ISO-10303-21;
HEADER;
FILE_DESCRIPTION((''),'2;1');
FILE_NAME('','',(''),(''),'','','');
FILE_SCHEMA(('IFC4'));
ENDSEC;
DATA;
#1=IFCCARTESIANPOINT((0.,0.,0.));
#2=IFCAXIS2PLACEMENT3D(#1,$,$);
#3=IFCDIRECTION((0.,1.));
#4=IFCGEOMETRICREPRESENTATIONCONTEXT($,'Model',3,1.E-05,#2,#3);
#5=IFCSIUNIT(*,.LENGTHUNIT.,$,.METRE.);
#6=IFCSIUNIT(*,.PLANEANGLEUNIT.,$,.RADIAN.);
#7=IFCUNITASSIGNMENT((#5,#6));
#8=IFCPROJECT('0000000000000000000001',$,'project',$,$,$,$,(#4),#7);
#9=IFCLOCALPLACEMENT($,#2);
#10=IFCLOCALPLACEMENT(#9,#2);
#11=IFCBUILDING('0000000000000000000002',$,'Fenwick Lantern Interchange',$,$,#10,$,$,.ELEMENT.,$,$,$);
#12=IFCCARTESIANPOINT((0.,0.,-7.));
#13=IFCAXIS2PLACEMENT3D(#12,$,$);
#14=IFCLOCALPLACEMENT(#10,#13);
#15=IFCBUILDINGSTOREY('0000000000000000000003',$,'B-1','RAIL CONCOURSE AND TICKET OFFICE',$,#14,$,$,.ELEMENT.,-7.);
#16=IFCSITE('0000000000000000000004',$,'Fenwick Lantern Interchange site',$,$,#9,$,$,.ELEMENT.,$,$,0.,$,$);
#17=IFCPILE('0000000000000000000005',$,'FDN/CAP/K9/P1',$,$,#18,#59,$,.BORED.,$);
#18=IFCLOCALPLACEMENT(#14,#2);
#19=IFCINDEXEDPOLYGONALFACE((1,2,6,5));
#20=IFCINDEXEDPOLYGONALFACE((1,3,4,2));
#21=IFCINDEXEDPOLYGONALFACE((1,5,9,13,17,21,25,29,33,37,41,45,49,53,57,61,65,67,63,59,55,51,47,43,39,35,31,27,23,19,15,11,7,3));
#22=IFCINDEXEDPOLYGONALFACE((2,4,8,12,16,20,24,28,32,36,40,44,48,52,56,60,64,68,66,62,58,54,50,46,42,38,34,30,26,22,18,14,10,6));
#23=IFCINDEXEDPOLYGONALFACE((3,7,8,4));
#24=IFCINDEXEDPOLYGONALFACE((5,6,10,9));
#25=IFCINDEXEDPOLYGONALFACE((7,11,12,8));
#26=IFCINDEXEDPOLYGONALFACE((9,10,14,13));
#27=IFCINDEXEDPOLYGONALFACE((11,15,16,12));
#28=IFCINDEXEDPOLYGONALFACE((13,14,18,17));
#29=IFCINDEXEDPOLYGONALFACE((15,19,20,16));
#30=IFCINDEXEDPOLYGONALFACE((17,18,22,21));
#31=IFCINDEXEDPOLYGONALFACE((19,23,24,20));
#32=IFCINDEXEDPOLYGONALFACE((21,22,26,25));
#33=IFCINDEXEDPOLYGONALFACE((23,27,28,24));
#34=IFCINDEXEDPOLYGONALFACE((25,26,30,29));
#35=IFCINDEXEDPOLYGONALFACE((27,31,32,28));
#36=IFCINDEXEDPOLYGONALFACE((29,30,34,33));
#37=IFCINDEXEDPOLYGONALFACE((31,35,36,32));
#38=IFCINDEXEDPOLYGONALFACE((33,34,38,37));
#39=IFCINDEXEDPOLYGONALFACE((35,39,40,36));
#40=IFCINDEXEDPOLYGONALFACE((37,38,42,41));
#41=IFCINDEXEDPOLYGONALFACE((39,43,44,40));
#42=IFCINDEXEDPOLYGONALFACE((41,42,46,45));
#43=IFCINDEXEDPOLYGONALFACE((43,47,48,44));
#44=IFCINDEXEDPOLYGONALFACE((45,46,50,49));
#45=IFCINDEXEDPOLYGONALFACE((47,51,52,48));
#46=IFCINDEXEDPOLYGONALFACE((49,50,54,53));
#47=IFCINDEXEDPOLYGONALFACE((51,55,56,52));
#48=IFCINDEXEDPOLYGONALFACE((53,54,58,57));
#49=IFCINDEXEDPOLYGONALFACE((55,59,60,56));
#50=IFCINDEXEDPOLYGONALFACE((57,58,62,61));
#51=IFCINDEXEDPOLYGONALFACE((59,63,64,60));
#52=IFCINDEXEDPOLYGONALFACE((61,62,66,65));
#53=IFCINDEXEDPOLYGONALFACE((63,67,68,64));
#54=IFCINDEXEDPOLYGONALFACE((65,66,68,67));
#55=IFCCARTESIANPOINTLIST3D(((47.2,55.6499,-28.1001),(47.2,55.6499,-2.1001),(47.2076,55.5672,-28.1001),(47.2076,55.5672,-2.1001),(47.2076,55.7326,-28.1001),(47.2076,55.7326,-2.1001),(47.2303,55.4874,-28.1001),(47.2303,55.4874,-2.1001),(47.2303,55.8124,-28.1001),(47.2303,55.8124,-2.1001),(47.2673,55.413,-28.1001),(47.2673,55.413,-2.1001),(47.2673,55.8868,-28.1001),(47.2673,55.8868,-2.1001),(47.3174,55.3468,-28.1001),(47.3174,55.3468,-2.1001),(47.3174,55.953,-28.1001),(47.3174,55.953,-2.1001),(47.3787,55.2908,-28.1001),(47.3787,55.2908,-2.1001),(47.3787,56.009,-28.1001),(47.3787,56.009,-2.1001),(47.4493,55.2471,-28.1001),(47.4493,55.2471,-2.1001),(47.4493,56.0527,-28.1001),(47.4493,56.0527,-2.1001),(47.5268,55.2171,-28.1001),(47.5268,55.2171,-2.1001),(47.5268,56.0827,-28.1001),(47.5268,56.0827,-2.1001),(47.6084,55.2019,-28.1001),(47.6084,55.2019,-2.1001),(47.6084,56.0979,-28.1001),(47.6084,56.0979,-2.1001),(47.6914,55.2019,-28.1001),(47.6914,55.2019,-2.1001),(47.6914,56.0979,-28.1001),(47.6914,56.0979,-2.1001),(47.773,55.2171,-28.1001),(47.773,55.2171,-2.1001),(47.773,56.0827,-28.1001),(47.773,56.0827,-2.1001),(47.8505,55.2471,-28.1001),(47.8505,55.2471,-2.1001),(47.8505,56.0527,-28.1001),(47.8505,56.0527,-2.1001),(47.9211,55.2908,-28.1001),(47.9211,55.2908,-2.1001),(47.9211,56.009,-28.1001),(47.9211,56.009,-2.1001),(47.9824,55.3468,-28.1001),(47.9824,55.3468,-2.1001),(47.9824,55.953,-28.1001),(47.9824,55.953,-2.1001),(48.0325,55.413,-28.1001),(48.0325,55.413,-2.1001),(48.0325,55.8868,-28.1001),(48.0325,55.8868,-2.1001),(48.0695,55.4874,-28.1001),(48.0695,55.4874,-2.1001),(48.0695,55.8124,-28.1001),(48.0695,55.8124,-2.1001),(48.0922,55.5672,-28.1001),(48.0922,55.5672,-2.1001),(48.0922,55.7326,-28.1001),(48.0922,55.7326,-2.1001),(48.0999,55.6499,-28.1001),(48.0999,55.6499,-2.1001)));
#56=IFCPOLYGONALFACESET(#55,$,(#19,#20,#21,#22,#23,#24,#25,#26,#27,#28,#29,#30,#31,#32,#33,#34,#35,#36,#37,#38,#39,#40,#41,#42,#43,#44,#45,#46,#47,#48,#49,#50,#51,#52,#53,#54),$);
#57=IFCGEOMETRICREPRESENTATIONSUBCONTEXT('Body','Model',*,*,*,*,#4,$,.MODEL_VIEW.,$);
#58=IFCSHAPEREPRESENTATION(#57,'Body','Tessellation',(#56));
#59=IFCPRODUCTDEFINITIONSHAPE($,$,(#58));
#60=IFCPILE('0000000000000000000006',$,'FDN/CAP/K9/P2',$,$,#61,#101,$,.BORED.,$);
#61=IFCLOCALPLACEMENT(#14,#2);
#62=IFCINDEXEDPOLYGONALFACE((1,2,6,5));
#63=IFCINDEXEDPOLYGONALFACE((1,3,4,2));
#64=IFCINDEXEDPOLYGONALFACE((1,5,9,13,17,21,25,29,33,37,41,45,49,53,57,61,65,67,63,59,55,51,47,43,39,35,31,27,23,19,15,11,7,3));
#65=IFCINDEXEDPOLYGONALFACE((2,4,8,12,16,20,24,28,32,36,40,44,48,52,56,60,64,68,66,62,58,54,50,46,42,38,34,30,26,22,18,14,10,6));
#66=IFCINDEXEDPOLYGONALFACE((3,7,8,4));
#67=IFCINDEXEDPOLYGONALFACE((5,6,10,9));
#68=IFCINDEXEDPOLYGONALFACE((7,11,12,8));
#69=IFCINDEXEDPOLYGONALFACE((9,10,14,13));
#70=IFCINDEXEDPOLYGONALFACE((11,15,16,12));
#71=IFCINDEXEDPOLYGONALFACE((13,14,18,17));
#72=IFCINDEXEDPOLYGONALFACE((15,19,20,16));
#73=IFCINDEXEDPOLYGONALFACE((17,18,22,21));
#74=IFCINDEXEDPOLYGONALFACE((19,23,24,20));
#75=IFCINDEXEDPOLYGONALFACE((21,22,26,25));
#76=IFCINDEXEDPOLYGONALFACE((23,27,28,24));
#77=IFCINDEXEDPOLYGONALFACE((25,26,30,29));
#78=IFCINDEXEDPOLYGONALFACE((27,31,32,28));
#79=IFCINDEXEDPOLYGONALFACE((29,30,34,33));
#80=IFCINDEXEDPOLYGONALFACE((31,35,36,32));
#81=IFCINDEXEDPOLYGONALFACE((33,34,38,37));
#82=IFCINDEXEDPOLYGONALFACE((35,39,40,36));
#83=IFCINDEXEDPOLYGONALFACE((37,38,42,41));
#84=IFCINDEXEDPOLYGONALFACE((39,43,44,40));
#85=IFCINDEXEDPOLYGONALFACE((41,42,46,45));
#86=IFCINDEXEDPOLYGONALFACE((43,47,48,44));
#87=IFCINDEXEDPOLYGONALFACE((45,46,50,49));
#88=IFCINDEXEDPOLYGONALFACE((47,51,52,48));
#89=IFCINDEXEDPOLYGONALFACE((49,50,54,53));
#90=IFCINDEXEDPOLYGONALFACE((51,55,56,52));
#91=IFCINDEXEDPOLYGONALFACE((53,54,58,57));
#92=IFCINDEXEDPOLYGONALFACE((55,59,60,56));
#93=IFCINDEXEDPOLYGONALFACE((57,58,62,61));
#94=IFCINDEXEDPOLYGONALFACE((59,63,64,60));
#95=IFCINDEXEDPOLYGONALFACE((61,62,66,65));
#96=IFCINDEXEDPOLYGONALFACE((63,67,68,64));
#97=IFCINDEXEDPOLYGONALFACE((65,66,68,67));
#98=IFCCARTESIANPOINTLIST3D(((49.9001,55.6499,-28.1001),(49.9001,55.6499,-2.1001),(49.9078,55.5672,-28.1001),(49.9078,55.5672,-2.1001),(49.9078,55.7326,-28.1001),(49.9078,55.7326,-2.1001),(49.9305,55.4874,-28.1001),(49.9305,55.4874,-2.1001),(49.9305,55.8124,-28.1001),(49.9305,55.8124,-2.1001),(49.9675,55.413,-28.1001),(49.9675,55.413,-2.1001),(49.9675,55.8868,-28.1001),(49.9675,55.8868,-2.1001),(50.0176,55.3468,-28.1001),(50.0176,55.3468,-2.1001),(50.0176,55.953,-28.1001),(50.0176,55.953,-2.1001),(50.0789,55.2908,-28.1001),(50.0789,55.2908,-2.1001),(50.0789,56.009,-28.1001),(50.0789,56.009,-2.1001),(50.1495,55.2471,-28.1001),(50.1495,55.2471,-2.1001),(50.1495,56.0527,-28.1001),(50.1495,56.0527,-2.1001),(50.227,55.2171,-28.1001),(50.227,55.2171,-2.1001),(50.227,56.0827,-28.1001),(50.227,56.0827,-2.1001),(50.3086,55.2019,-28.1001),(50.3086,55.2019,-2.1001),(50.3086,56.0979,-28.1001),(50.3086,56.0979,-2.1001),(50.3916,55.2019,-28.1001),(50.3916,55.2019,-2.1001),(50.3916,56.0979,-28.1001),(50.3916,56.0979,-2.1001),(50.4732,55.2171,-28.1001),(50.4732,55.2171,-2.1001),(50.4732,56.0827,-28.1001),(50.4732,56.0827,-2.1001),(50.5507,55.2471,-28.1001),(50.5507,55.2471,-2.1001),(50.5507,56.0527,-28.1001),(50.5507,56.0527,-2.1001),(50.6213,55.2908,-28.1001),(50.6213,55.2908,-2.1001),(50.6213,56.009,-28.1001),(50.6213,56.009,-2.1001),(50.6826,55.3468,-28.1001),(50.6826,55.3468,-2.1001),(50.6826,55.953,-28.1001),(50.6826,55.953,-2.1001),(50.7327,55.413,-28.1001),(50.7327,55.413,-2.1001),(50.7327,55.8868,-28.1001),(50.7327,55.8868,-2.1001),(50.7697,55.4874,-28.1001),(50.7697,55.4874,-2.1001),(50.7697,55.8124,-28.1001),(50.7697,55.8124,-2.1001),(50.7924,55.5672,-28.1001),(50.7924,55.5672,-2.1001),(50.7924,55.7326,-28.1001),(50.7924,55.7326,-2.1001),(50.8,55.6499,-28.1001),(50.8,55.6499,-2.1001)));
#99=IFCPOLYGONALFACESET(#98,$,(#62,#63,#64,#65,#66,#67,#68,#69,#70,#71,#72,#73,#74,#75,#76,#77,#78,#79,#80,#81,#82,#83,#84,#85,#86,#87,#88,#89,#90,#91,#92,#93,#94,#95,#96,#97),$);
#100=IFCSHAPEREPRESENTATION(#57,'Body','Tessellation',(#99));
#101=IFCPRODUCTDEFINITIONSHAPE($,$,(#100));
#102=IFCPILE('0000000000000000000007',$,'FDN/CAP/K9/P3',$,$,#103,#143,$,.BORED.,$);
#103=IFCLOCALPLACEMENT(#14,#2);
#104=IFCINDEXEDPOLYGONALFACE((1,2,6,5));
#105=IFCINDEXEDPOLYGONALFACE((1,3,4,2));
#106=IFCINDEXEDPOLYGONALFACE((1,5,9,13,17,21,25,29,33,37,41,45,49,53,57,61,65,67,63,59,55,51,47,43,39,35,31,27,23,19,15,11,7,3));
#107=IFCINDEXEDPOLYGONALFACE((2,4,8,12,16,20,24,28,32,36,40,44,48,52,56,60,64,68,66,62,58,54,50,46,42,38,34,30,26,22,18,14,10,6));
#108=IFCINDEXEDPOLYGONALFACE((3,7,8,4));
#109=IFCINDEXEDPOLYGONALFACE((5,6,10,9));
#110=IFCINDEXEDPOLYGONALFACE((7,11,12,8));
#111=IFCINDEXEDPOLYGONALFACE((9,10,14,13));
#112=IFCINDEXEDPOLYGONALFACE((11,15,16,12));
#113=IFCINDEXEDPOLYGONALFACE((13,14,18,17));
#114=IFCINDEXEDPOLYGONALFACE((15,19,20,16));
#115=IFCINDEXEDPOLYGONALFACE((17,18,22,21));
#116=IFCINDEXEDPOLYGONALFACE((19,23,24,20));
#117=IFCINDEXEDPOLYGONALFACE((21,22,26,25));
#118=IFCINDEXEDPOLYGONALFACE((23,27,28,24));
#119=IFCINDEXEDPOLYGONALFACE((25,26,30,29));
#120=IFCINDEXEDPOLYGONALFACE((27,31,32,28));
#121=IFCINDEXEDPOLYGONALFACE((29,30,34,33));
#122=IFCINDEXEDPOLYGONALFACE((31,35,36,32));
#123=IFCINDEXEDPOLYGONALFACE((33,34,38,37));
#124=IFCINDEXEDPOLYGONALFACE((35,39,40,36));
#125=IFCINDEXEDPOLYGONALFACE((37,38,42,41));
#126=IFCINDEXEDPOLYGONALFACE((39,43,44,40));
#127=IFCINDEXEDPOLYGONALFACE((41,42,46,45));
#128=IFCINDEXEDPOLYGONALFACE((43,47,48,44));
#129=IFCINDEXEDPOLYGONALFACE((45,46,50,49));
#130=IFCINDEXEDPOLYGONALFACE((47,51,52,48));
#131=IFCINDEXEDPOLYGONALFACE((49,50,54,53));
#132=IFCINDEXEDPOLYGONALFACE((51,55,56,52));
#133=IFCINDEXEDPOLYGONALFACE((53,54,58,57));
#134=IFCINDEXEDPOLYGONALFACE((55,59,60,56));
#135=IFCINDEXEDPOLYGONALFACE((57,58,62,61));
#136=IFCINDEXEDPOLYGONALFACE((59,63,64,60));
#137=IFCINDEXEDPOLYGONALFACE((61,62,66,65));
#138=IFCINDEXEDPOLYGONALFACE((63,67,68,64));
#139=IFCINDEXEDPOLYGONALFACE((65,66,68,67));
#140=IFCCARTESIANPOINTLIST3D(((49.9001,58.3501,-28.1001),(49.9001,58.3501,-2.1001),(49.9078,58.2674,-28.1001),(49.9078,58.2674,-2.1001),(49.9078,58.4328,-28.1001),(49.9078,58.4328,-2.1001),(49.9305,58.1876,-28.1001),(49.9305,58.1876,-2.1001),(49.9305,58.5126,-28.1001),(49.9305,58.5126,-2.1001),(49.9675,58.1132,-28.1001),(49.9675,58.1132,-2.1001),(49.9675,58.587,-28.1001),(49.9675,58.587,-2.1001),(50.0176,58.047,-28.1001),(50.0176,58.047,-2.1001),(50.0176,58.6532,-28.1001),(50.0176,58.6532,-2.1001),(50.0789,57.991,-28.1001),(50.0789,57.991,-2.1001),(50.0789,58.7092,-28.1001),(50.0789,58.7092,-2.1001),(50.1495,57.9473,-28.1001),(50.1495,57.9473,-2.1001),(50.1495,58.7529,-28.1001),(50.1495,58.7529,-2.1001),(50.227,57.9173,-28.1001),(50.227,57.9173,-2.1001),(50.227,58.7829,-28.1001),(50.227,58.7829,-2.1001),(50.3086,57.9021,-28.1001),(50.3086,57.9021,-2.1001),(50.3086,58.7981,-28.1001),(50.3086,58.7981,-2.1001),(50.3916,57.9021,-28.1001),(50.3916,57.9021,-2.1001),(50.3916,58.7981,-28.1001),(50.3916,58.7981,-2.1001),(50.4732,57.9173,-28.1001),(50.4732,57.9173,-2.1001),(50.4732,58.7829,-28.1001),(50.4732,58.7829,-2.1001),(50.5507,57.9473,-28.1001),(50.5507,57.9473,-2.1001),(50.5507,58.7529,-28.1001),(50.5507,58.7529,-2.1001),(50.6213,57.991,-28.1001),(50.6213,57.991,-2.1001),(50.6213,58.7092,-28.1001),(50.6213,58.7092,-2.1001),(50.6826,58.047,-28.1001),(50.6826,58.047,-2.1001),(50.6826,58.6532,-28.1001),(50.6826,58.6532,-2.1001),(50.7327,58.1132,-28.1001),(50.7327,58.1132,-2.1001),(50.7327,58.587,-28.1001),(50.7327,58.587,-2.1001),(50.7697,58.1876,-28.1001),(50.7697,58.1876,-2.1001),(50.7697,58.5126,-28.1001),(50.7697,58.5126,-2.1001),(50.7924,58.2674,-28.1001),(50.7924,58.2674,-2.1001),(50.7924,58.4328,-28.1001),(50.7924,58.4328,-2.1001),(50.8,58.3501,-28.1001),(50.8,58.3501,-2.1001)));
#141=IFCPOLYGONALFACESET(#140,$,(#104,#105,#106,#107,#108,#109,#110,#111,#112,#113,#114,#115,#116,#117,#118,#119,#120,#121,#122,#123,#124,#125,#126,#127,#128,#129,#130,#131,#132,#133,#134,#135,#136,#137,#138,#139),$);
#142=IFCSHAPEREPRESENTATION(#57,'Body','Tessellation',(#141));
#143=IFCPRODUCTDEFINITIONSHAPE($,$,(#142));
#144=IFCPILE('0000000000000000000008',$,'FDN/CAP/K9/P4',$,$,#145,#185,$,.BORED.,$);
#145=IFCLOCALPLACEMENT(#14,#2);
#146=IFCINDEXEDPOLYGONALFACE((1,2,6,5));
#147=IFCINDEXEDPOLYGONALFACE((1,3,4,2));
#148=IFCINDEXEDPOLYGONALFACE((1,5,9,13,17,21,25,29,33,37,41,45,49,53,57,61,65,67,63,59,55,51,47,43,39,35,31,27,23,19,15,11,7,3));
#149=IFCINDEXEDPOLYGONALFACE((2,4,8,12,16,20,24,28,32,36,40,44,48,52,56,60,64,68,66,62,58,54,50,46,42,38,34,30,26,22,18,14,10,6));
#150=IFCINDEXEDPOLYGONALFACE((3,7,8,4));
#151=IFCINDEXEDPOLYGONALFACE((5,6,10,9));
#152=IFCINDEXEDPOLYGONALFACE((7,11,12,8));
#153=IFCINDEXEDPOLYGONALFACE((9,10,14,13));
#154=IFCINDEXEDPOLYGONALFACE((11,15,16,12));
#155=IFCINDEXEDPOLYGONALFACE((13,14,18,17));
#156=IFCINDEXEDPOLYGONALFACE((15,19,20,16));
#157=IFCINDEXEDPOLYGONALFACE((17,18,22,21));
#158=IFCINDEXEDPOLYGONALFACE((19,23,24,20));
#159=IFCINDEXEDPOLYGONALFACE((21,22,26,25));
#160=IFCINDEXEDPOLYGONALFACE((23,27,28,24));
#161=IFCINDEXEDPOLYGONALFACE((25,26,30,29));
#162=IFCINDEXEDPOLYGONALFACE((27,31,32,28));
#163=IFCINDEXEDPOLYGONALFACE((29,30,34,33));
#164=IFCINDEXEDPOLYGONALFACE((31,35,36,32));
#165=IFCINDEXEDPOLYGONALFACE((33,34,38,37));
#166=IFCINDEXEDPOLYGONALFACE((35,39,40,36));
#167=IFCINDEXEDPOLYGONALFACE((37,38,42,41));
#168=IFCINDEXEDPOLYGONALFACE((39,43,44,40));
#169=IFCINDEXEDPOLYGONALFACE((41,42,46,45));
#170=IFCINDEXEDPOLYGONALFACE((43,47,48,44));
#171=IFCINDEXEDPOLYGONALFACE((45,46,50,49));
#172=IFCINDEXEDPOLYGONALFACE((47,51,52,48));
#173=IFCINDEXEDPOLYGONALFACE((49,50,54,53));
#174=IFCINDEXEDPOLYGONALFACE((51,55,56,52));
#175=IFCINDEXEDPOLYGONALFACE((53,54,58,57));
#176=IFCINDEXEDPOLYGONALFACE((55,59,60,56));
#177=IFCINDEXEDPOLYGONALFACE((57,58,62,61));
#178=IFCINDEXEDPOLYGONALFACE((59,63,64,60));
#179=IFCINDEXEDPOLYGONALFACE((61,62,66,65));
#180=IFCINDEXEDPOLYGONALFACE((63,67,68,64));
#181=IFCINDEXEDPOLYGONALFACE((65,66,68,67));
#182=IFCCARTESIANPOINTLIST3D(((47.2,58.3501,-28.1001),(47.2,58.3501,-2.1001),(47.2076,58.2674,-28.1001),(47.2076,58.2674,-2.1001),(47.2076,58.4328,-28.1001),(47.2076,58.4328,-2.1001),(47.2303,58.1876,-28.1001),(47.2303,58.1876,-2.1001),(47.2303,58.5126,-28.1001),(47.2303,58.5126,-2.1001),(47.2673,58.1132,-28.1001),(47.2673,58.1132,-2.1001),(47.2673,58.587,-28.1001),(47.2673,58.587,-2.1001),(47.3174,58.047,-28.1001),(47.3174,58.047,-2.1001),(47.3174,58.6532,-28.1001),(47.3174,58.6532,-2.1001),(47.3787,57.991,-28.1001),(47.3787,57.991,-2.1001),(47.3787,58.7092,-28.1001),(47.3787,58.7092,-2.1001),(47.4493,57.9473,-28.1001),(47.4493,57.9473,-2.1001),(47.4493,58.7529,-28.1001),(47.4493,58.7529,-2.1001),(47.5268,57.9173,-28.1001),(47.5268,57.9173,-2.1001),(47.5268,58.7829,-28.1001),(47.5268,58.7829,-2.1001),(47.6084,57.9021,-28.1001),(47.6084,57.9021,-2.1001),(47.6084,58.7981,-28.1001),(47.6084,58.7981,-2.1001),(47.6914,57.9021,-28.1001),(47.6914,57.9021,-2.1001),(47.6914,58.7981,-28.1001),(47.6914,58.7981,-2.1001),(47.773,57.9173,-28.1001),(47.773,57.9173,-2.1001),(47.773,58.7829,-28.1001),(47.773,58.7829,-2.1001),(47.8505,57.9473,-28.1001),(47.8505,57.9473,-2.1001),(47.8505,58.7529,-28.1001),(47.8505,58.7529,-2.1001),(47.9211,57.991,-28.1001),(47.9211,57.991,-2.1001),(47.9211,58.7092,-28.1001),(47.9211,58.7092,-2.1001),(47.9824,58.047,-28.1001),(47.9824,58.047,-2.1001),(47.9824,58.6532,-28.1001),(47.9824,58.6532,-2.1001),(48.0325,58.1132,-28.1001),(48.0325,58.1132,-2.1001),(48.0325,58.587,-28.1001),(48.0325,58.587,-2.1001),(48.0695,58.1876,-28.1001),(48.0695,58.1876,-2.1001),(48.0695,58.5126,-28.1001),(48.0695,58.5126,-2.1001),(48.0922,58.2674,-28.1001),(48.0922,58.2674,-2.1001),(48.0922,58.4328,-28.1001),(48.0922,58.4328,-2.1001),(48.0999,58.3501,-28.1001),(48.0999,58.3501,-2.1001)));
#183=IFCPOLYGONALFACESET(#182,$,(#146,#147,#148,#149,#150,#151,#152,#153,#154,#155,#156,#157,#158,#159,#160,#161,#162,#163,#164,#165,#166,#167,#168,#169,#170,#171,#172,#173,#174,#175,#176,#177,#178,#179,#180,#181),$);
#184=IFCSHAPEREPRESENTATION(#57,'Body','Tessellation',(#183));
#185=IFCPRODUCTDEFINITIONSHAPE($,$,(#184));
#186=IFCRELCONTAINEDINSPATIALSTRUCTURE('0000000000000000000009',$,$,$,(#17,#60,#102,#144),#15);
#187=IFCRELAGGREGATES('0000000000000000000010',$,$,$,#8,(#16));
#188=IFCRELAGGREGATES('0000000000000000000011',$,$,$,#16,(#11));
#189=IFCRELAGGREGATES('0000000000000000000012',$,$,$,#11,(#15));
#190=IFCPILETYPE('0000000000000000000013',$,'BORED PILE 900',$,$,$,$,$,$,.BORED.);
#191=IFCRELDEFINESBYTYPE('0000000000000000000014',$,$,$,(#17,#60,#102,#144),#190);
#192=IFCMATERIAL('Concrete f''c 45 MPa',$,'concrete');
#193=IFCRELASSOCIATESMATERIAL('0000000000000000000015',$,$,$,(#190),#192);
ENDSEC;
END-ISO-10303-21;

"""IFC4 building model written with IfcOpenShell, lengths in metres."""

from ifc_helpers import new_model, si_unit, direction, frame, origin, origin_2d, place, context, subcontext, project, spatial, circle, extrude, material, type_object, element, save


model = new_model("IFC4")

# Units and contexts
model_context = context("Model", 3, precision=1e-05, world=origin(), true_north=direction((0.0, 1.0)))
body_context = subcontext(model_context, "Body", "Model", "MODEL_VIEW")
ifc_project = project(units=[si_unit("LENGTHUNIT", "METRE"), si_unit("PLANEANGLEUNIT", "RADIAN")], contexts=[model_context])

# Site, building, storey
site_placement = place(None, origin())
site = spatial("IfcSite", under=ifc_project, at=site_placement, Name="Fenwick Lantern Interchange site", CompositionType="ELEMENT", RefElevation=0.0)
building_placement = place(site_placement, origin())
building = spatial("IfcBuilding", under=site, at=building_placement, Name="Fenwick Lantern Interchange", CompositionType="ELEMENT")
storey_placement = place(building_placement, frame((0.0, 0.0, -7.0)))
storey = spatial("IfcBuildingStorey", under=building, at=storey_placement, Name="B-1", Description="RAIL CONCOURSE AND TICKET OFFICE", CompositionType="ELEMENT", Elevation=-7.0)

# Piles
ifc_material_1 = material(Name="Concrete f'c 45 MPa", Category="concrete")
pile_type_1 = type_object("IfcPileType", Name="BORED PILE 900", PredefinedType="BORED", material=ifc_material_1)
for number, where, z_axis, x_axis, name in (
    (1, (47.6499, 55.6499, -2.1001), (0.0, 0.0, -1.0), (1.0, 0.0, 0.0), "FDN/CAP/K9/P1"),
    (2, (50.3501, 55.6499, -2.1001), (0.0, 0.0, -1.0), (1.0, 0.0, 0.0), "FDN/CAP/K9/P2"),
    (3, (50.3501, 58.3501, -2.1001), (0.0, 0.0, -1.0), (1.0, 0.0, 0.0), "FDN/CAP/K9/P3"),
    (4, (47.6499, 58.3501, -2.1001), (0.0, 0.0, -1.0), (1.0, 0.0, 0.0), "FDN/CAP/K9/P4"),
):
    element("IfcPile", number, at=place(storey_placement, frame(where, z_axis=z_axis, x_axis=x_axis)), inside=storey, type_object=pile_type_1, Name=name, PredefinedType="BORED", context=body_context, shape_type="SweptSolid", body=[
        extrude(circle(Radius=0.45, at=origin_2d()), origin(), (0.0, 0.0, 1.0), 26.0),
    ])

save(model, "model.ifc")
